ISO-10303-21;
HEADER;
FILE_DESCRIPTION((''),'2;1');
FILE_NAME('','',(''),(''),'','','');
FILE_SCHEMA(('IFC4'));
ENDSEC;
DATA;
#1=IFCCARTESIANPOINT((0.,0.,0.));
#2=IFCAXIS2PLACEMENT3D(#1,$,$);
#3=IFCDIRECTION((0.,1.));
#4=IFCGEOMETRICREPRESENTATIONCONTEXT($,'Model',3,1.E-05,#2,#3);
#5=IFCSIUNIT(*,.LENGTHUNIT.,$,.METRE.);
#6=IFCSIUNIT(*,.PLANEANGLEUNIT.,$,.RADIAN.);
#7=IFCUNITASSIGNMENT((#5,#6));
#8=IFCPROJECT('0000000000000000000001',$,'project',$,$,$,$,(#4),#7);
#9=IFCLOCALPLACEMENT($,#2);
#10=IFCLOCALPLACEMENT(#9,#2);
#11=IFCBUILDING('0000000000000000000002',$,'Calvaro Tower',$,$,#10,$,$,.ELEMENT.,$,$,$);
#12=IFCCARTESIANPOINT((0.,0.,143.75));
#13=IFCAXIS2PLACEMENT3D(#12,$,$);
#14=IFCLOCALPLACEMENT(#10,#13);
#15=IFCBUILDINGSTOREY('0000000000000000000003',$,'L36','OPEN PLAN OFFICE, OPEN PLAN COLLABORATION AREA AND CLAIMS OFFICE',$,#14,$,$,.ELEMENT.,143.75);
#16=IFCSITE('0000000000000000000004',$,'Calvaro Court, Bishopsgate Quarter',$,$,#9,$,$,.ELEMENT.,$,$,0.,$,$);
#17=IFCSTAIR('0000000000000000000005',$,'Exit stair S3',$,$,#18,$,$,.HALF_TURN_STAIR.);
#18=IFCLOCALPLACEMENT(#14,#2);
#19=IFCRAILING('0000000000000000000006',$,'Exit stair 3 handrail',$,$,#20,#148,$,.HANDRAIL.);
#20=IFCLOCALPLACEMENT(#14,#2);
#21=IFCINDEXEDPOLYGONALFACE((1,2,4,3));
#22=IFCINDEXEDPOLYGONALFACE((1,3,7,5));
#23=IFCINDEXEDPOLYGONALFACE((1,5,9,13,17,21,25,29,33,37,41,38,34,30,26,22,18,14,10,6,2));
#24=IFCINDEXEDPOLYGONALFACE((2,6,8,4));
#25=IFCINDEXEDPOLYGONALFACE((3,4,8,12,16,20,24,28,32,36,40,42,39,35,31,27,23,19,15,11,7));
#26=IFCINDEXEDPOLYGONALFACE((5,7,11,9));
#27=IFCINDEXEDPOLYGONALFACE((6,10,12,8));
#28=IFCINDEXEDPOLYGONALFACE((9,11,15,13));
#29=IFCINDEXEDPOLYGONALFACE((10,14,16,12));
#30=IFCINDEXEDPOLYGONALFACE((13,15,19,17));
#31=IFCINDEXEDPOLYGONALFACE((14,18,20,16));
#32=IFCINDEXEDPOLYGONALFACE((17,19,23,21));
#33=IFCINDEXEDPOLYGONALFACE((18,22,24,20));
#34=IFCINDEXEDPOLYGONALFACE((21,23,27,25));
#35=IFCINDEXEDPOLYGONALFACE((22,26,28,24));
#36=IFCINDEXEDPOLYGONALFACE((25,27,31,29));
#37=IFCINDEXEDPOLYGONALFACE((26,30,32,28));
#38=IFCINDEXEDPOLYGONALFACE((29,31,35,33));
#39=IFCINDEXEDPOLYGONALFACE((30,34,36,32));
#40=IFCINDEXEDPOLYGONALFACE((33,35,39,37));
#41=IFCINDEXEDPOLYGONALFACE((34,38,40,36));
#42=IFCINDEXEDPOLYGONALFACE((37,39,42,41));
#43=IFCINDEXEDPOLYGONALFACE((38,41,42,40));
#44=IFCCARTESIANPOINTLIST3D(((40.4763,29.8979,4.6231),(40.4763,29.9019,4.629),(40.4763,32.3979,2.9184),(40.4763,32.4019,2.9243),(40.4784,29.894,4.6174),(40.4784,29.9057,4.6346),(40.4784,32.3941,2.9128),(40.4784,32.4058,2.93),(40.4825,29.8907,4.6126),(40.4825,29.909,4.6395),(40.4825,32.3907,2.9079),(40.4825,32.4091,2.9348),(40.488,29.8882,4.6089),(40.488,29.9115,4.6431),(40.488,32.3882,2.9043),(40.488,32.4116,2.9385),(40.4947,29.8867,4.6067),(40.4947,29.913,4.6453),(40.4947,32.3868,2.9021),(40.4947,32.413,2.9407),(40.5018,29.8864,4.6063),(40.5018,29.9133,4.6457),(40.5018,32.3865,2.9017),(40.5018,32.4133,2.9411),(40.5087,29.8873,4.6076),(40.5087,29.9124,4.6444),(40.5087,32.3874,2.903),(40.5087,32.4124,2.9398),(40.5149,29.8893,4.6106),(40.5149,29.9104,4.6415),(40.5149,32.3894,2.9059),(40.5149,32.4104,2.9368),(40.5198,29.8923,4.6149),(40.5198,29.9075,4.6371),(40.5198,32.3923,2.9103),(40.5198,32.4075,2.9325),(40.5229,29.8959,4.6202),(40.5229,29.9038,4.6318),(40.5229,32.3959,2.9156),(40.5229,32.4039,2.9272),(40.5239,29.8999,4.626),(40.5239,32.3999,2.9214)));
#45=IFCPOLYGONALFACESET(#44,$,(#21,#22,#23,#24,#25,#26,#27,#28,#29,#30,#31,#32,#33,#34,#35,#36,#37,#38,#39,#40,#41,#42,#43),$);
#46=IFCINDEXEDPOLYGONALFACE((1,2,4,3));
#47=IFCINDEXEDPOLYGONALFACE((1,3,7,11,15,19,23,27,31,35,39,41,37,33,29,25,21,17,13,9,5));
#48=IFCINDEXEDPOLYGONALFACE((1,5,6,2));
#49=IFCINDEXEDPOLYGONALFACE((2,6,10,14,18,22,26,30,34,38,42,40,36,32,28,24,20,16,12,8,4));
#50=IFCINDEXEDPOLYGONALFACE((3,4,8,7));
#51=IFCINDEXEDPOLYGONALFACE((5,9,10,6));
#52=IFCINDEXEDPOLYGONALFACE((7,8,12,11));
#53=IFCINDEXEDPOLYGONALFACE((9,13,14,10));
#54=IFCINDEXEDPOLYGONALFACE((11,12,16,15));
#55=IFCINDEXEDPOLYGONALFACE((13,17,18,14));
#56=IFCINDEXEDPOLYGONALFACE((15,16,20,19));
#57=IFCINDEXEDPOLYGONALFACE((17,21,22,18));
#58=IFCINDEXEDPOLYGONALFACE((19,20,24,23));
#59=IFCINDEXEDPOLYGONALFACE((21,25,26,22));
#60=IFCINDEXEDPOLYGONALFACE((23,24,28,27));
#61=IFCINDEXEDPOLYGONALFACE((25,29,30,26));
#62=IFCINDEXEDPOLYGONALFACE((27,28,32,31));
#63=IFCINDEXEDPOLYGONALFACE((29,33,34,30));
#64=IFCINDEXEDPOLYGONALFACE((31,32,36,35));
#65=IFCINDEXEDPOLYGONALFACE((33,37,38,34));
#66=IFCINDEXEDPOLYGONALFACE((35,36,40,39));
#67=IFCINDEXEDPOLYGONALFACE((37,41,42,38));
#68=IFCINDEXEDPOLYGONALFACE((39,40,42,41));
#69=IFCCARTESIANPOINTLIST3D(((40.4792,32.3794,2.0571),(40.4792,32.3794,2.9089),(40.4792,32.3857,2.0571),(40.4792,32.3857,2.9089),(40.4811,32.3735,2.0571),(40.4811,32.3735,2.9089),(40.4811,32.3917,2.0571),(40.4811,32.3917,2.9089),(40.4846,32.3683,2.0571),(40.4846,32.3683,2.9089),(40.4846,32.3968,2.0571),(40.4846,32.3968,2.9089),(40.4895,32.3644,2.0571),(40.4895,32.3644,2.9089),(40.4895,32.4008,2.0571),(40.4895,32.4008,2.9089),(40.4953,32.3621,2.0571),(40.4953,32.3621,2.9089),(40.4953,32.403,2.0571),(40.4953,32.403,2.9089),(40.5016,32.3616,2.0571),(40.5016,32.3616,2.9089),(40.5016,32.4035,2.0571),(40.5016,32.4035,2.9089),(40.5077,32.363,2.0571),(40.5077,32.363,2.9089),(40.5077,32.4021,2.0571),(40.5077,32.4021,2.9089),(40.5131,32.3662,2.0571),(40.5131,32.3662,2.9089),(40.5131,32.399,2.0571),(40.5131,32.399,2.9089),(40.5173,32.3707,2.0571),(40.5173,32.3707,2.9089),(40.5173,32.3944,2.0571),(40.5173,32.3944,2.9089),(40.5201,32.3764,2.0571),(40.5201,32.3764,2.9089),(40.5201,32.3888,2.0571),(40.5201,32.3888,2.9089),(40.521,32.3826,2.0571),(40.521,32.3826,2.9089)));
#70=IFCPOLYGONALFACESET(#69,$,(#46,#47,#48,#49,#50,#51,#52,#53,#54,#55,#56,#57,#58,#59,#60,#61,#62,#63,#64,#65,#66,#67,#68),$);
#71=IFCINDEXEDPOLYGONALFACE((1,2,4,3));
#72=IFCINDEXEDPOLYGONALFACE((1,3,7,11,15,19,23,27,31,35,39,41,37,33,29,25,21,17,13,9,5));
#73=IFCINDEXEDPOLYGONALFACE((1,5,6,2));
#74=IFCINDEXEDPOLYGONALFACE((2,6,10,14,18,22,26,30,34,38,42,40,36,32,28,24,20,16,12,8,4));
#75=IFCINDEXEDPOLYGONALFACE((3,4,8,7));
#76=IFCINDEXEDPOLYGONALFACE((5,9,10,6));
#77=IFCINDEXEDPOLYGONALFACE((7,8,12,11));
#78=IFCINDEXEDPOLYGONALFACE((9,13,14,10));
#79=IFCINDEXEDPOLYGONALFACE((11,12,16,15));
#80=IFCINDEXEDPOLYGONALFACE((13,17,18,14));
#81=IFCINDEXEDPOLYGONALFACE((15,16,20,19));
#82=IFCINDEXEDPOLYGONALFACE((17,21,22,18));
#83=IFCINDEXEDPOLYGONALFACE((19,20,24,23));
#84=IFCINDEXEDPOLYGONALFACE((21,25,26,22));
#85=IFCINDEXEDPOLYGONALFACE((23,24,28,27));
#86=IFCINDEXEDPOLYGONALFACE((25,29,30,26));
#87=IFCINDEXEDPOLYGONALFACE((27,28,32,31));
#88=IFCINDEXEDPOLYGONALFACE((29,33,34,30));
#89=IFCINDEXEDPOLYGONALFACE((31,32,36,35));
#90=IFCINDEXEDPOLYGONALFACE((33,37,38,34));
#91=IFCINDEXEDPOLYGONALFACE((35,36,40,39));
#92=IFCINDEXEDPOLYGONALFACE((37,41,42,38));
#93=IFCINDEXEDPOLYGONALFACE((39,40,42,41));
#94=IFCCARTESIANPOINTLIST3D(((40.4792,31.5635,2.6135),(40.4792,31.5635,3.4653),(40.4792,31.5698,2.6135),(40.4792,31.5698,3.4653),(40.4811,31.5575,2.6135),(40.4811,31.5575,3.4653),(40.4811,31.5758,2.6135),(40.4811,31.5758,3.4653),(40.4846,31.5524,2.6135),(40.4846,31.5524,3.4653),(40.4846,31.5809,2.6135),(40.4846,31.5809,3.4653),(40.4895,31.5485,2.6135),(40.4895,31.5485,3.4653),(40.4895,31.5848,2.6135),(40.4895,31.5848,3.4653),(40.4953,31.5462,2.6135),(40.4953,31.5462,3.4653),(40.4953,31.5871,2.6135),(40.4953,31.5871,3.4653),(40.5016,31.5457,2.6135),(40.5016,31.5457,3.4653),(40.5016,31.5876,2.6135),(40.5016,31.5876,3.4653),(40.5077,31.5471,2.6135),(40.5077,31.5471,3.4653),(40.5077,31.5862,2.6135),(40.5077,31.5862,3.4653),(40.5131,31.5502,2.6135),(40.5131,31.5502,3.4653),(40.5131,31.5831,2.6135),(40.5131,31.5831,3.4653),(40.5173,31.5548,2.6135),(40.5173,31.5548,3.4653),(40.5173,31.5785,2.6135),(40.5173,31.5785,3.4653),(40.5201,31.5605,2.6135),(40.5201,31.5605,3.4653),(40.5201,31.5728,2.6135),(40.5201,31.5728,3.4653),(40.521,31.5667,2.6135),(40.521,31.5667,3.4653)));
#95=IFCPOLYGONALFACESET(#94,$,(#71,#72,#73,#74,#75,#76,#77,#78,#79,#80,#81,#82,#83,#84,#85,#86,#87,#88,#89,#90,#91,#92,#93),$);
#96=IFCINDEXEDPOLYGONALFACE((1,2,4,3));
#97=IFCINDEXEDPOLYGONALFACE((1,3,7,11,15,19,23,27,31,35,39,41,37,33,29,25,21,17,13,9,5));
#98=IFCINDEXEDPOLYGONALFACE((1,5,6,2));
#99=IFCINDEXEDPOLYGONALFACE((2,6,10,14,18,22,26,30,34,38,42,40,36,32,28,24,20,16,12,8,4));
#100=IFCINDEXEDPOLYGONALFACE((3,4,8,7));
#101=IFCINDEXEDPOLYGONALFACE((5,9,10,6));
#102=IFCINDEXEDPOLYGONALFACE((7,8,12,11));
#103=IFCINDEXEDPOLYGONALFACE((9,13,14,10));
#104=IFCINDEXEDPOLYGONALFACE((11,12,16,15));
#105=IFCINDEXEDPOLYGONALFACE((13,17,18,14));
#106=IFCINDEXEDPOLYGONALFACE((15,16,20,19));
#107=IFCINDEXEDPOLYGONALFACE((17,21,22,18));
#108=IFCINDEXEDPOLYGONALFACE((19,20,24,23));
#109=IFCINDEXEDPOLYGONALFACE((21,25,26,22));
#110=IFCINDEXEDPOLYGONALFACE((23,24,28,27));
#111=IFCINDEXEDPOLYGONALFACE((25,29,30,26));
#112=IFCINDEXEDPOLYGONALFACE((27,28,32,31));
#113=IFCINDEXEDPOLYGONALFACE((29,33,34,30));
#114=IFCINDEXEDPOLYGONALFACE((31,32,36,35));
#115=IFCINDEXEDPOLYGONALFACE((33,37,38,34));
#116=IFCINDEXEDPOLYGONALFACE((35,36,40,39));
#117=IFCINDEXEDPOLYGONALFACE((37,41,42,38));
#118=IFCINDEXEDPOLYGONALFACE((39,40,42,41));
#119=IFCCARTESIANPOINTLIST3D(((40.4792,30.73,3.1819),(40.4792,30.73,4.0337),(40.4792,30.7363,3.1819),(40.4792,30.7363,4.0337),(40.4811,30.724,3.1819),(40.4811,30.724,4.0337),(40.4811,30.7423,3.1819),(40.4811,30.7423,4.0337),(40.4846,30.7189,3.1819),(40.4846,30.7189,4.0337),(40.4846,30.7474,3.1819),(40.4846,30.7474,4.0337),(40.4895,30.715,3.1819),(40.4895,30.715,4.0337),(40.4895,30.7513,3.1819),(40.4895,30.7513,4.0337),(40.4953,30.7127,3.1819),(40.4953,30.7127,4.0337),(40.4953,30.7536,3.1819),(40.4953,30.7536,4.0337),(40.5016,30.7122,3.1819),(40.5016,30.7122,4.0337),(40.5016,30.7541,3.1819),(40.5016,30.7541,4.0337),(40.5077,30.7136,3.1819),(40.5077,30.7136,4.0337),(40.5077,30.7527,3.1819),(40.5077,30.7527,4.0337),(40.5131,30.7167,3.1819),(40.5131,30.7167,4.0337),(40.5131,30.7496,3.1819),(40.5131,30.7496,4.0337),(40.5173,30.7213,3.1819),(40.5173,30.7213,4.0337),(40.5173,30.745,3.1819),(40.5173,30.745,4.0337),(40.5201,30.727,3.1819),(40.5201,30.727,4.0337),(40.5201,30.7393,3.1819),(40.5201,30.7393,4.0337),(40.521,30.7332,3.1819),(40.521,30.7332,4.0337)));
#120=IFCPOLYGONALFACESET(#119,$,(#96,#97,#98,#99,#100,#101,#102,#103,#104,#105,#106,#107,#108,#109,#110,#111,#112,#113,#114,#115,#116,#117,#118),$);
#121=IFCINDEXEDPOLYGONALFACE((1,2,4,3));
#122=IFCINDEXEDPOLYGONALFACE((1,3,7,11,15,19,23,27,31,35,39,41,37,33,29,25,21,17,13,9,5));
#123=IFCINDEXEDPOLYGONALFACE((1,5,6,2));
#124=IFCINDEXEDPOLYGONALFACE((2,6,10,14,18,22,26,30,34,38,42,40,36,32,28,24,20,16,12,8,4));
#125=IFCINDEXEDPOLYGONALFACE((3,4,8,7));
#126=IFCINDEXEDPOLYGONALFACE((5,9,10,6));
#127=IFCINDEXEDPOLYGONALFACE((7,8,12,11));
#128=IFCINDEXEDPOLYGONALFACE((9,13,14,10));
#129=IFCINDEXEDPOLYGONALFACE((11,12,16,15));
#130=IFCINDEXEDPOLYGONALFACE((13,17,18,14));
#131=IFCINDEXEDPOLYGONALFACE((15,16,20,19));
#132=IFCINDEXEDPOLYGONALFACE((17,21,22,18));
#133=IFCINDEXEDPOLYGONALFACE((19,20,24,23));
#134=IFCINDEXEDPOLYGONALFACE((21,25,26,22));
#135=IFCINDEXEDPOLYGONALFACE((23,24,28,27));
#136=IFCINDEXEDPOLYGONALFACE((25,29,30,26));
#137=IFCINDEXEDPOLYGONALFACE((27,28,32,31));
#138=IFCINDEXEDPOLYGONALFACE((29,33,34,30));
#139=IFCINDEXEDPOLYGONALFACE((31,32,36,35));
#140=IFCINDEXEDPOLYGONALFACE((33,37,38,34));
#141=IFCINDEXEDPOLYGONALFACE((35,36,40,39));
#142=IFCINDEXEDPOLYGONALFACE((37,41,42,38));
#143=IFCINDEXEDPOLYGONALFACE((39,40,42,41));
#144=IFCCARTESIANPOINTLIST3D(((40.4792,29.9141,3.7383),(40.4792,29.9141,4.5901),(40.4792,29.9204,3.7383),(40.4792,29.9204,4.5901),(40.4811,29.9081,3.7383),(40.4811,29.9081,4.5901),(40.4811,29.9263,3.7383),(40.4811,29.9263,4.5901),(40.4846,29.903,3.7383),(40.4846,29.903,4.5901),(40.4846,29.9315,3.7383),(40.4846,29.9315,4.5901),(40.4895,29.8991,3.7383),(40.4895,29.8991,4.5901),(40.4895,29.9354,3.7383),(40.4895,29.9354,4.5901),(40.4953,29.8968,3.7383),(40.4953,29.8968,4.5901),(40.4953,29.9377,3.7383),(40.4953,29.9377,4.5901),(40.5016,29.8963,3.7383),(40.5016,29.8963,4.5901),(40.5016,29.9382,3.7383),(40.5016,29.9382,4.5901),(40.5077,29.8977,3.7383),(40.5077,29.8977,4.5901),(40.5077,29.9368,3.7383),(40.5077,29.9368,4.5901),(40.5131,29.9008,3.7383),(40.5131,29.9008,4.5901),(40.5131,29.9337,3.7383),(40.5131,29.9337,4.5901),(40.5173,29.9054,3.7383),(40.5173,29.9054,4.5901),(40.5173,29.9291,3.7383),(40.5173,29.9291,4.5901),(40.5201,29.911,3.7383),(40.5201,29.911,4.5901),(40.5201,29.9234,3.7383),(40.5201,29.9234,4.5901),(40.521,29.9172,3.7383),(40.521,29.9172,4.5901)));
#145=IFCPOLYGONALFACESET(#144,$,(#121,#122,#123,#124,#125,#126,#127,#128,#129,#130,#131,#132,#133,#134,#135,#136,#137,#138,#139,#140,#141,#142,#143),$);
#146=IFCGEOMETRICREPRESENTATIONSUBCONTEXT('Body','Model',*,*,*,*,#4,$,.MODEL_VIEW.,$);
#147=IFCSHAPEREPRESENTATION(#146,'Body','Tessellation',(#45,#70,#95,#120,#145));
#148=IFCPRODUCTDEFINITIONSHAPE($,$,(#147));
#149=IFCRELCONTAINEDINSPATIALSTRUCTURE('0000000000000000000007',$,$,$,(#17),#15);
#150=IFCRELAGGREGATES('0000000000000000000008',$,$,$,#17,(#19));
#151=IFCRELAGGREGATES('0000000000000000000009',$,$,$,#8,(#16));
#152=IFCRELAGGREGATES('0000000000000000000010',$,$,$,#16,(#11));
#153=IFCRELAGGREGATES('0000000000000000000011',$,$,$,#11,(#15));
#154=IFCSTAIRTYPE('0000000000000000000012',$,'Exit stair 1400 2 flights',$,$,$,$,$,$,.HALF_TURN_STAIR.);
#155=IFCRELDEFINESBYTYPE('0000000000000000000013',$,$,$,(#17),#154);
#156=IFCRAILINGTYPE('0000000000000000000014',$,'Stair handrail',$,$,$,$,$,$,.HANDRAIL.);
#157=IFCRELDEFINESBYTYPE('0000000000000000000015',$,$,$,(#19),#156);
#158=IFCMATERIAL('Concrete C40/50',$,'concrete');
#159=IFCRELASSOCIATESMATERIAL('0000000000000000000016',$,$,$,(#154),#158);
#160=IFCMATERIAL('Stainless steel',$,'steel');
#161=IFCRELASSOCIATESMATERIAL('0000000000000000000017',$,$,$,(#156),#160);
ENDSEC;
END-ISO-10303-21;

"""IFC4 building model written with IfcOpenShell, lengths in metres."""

from ifc_helpers import new_model, si_unit, direction, frame, origin, origin_2d, place, context, subcontext, project, spatial, circle, extrude, material, type_object, element, aggregate, save


model = new_model("IFC4")

# Units and contexts
model_context = context("Model", 3, precision=1e-05, world=origin(), true_north=direction((0.0, 1.0)))
body_context = subcontext(model_context, "Body", "Model", "MODEL_VIEW")
ifc_project = project(units=[si_unit("LENGTHUNIT", "METRE"), si_unit("PLANEANGLEUNIT", "RADIAN")], contexts=[model_context])

# Site, building, storey
site_placement = place(None, origin())
site = spatial("IfcSite", under=ifc_project, at=site_placement, Name="Calvaro Court, Bishopsgate Quarter", CompositionType="ELEMENT", RefElevation=0.0)
building_placement = place(site_placement, origin())
building = spatial("IfcBuilding", under=site, at=building_placement, Name="Calvaro Tower", CompositionType="ELEMENT")
storey_placement = place(building_placement, frame((0.0, 0.0, 143.75)))
storey = spatial("IfcBuildingStorey", under=building, at=storey_placement, Name="L36", Description="OPEN PLAN OFFICE, OPEN PLAN COLLABORATION AREA AND CLAIMS OFFICE", CompositionType="ELEMENT", Elevation=143.75)

# Stair
ifc_material_1 = material(Name="Concrete C40/50", Category="concrete")
stair_type = type_object("IfcStairType", Name="Exit stair 1400 2 flights", PredefinedType="HALF_TURN_STAIR", material=ifc_material_1)
stair_1_placement = place(storey_placement, origin())
stair_1 = element("IfcStair", 1, at=stair_1_placement, inside=storey, type_object=stair_type, Name="Exit stair S3", PredefinedType="HALF_TURN_STAIR")

# Railing
ifc_material_2 = material(Name="Stainless steel", Category="steel")
railing_type = type_object("IfcRailingType", Name="Stair handrail", PredefinedType="HANDRAIL", material=ifc_material_2)
railing_1_placement = place(storey_placement, frame((40.5, 32.3999, 2.0454)))
railing_1 = element("IfcRailing", 2, at=railing_1_placement, type_object=railing_type, Name="Exit stair 3 handrail", PredefinedType="HANDRAIL", context=body_context, shape_type="SweptSolid", body=[
    extrude(circle(Radius=0.0239, at=origin_2d()), frame((0.0, 0.0, 0.876), z_axis=(0.0, -0.826221, 0.563347), x_axis=(1.0, 0.0, 0.0)), (0.0, 0.0, 1.0), 3.0259),
    extrude(circle(Radius=0.021, at=origin_2d()), frame((0.0, -0.0173, 0.0117)), (0.0, 0.0, 1.0), 0.8518),
    extrude(circle(Radius=0.021, at=origin_2d()), frame((0.0, -0.8333, 0.5681)), (0.0, 0.0, 1.0), 0.8518),
    extrude(circle(Radius=0.021, at=origin_2d()), frame((0.0, -1.6667, 1.1365)), (0.0, 0.0, 1.0), 0.8518),
    extrude(circle(Radius=0.021, at=origin_2d()), frame((0.0, -2.4827, 1.6929)), (0.0, 0.0, 1.0), 0.8518),
])
aggregate(stair_1, [railing_1])

save(model, "model.ifc")
